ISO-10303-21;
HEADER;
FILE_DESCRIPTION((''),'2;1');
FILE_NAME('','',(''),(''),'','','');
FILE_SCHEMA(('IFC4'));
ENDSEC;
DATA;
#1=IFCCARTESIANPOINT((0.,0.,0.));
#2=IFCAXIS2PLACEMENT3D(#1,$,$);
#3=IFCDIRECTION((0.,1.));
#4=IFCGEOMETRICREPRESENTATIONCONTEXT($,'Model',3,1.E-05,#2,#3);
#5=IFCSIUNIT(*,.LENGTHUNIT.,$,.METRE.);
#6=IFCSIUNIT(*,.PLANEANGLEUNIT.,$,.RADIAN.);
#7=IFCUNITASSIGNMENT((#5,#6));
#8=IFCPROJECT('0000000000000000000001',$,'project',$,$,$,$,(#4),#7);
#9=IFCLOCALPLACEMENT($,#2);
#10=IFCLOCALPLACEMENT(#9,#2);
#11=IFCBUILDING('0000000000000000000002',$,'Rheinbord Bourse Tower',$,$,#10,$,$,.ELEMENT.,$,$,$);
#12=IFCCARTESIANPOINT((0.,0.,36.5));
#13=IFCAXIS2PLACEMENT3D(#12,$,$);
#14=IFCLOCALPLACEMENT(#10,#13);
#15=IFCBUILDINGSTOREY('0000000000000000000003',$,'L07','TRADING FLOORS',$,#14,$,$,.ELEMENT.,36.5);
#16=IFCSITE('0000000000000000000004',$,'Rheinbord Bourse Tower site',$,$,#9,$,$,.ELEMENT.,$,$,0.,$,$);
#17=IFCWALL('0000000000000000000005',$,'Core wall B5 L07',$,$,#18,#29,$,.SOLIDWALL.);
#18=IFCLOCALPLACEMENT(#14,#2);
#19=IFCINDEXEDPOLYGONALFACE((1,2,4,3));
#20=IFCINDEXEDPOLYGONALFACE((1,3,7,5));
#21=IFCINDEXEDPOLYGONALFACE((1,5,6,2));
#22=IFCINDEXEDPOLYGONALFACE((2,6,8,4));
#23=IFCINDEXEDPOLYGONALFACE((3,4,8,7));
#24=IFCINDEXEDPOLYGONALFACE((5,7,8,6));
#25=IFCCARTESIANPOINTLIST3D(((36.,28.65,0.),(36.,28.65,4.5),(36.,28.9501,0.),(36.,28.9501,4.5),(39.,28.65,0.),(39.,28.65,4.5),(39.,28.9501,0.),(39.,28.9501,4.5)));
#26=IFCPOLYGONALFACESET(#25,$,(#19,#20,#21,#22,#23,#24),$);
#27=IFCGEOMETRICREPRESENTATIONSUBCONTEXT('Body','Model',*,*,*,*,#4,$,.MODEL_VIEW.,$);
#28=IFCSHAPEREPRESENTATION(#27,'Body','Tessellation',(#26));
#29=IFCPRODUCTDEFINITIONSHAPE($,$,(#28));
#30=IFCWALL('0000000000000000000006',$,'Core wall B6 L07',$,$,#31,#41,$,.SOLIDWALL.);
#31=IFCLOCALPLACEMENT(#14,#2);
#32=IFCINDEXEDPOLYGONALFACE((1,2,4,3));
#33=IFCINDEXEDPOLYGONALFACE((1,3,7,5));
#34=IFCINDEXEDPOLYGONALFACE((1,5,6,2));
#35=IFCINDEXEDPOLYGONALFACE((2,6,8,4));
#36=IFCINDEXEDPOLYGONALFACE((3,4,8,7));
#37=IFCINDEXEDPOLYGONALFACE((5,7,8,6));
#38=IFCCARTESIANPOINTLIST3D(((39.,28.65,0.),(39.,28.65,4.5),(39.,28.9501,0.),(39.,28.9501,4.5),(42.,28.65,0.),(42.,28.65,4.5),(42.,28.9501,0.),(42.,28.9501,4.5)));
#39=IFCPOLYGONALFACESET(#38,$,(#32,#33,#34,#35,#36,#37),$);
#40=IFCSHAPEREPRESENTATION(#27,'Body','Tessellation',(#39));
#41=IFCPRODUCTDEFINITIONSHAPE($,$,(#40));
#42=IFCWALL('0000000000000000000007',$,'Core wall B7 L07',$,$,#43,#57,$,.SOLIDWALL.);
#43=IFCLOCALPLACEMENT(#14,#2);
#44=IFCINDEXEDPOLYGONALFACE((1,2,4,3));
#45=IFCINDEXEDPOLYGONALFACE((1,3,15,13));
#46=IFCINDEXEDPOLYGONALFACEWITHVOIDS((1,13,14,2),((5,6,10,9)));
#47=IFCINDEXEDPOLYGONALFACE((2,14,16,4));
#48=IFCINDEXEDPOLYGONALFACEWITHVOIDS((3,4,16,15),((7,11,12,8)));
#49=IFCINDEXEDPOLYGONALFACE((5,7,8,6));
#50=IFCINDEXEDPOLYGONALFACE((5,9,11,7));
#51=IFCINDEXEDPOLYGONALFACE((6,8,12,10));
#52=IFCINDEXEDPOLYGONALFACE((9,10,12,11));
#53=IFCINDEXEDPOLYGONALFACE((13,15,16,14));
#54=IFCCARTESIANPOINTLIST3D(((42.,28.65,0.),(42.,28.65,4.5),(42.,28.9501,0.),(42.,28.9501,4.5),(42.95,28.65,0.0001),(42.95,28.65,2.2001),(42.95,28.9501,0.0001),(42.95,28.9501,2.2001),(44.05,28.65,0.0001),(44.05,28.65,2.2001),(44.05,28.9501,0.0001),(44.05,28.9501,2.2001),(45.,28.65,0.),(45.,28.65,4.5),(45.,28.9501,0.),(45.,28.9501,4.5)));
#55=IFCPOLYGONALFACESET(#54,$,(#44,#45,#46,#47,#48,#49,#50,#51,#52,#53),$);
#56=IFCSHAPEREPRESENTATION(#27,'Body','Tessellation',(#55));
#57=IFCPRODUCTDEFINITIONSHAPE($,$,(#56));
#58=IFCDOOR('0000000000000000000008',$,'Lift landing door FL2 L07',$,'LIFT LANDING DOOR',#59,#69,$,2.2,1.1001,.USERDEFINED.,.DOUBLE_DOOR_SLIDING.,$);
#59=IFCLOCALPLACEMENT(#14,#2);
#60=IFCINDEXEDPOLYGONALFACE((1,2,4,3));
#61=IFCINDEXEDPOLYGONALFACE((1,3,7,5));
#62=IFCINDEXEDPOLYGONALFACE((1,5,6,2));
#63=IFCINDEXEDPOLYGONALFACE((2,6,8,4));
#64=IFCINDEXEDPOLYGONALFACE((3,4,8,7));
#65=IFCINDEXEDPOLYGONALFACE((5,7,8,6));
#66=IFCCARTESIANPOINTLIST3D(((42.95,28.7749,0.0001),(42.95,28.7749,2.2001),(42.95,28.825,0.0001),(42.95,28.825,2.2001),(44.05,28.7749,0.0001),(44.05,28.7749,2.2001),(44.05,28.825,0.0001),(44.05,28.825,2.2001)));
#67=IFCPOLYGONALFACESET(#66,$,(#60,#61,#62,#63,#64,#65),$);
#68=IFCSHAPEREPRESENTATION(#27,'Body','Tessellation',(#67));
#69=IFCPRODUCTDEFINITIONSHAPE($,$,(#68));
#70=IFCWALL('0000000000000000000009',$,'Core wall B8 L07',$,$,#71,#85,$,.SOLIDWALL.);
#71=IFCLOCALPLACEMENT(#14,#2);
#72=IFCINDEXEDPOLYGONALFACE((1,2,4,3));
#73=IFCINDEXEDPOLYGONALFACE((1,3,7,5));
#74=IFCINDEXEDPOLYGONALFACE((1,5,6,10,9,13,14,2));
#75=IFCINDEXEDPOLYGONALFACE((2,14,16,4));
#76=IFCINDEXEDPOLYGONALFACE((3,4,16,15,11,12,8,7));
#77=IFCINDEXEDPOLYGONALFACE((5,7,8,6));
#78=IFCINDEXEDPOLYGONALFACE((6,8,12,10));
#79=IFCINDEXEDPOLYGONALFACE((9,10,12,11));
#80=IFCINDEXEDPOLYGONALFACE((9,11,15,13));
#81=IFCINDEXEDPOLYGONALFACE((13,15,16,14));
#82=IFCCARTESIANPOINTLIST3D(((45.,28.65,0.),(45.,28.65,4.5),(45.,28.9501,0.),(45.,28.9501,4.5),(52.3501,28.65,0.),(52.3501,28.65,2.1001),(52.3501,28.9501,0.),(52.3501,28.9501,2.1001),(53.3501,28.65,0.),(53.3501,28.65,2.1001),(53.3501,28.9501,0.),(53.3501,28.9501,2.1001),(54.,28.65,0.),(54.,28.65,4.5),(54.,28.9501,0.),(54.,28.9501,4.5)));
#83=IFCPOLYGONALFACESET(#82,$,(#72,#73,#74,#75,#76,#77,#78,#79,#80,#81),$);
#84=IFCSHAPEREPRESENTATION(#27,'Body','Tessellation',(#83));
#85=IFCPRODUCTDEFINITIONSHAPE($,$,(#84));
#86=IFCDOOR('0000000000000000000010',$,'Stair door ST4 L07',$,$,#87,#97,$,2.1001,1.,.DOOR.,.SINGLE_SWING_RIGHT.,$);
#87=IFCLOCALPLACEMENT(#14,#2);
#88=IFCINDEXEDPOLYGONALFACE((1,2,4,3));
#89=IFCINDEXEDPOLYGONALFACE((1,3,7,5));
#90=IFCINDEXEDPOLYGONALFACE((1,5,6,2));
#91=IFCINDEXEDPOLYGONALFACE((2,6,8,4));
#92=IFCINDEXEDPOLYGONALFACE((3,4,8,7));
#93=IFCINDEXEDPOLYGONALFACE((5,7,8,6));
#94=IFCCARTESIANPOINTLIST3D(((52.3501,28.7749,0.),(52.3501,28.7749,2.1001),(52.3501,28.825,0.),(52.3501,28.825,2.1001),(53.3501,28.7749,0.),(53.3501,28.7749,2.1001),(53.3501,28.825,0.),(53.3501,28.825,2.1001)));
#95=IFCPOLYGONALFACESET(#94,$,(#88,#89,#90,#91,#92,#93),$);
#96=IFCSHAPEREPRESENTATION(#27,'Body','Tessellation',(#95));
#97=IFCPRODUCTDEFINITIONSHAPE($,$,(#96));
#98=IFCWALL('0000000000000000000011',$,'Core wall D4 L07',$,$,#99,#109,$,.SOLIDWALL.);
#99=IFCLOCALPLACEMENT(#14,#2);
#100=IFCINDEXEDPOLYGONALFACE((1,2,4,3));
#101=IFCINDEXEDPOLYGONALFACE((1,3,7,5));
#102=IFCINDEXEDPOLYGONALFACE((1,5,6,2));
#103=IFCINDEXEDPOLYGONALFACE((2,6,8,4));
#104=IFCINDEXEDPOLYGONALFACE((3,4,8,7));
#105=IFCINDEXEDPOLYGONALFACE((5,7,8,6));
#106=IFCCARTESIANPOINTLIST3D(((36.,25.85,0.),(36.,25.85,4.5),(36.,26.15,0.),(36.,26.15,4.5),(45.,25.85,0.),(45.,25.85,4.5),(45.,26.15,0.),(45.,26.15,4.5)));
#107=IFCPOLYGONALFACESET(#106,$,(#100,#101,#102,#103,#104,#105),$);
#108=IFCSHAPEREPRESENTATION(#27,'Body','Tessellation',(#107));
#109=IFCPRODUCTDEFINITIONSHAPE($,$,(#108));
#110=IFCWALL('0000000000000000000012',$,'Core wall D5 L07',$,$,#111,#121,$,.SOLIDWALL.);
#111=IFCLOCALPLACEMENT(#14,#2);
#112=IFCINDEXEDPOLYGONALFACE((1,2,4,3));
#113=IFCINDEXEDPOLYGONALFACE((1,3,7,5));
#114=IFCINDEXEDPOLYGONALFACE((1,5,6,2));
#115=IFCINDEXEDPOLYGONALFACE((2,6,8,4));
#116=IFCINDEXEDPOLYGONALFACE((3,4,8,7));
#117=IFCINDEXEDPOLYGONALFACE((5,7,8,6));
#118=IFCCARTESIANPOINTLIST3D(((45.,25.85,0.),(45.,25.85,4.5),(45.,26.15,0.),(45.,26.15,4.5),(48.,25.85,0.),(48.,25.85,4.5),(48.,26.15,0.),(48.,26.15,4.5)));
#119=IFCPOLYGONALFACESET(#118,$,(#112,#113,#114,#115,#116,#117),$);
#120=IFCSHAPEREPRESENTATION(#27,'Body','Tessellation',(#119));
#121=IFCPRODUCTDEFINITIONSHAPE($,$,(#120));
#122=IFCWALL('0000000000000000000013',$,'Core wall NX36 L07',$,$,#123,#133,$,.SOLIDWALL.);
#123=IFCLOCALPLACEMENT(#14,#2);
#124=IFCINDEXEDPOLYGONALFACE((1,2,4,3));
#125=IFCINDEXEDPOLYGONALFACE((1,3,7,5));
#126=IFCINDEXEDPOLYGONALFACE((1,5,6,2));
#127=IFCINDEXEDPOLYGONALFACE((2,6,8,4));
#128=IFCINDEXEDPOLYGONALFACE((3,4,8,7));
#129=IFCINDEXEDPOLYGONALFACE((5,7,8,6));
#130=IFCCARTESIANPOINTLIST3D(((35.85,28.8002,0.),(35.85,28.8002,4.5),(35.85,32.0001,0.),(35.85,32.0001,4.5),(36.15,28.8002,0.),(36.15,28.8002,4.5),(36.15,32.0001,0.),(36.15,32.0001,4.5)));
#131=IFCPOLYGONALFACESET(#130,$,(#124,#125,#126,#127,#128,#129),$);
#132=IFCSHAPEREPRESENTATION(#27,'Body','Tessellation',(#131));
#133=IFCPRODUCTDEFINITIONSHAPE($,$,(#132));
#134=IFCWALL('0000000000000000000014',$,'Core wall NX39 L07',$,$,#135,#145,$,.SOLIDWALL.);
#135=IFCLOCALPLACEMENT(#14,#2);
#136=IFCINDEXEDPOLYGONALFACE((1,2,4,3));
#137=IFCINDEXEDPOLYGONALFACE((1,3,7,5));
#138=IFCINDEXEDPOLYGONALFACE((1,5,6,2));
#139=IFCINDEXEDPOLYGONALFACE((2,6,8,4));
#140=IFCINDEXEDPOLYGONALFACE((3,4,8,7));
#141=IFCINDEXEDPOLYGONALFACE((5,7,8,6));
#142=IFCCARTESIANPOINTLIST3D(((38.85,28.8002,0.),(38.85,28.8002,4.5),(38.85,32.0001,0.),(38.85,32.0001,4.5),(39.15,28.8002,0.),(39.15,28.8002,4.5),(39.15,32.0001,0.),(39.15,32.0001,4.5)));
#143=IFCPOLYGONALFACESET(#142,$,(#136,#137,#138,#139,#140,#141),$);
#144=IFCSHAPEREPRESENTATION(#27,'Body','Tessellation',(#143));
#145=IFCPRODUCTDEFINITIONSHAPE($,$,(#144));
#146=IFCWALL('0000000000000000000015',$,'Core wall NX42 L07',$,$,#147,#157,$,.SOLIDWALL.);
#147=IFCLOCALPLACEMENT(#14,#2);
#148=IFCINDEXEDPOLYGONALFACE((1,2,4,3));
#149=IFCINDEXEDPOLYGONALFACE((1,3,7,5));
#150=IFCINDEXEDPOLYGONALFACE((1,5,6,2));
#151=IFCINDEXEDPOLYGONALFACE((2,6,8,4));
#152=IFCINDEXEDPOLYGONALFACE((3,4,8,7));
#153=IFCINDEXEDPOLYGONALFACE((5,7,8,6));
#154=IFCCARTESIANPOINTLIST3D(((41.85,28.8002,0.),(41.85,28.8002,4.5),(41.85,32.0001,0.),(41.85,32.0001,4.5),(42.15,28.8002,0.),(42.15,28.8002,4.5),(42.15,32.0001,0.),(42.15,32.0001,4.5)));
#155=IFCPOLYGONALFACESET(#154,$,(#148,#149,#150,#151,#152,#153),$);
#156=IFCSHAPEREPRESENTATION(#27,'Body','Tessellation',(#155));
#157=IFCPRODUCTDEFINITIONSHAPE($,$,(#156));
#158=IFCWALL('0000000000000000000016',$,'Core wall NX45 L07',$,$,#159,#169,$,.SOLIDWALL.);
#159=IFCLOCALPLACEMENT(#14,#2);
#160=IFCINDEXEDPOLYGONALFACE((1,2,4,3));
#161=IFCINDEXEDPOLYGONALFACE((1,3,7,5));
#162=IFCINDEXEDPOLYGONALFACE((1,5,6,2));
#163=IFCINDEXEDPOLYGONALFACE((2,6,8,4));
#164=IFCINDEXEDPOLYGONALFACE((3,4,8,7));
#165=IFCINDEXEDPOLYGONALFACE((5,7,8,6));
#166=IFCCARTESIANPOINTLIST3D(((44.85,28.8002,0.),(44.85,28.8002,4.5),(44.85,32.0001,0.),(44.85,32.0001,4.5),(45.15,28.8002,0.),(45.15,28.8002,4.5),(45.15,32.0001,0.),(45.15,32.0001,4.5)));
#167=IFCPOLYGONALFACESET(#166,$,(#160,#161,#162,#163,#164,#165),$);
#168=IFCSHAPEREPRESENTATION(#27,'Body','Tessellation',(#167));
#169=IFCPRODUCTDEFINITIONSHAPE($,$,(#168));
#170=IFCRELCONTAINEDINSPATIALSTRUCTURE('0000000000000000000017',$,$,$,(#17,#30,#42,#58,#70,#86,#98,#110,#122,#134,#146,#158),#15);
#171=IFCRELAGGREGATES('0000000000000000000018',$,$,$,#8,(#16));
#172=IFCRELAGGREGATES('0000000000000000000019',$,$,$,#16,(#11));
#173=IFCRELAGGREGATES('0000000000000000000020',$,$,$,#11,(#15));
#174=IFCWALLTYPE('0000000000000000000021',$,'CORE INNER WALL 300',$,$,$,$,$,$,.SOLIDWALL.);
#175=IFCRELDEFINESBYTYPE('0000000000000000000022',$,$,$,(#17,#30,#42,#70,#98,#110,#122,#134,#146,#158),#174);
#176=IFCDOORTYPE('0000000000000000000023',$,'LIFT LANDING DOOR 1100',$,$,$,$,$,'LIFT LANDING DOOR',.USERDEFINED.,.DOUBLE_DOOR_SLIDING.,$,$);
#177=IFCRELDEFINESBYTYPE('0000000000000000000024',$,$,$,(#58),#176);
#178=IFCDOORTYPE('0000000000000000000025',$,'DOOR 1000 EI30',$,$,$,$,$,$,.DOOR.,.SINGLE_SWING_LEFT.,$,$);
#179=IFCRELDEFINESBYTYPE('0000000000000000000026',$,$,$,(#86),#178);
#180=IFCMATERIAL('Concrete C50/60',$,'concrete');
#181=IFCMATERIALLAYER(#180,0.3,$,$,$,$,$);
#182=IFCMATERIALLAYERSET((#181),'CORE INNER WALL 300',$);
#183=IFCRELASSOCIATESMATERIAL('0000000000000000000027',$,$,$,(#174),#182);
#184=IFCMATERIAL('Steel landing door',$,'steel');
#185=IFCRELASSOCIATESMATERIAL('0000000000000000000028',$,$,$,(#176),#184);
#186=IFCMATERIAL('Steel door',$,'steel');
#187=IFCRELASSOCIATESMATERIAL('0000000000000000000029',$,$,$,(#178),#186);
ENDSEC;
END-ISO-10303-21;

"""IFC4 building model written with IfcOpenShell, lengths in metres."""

from ifc_helpers import new_model, si_unit, direction, frame, frame_2d, origin, place, context, subcontext, project, spatial, rectangle, extrude, material, layer, layer_set, type_object, element, fill, save


model = new_model("IFC4")

# Units and contexts
model_context = context("Model", 3, precision=1e-05, world=origin(), true_north=direction((0.0, 1.0)))
body_context = subcontext(model_context, "Body", "Model", "MODEL_VIEW")
ifc_project = project(units=[si_unit("LENGTHUNIT", "METRE"), si_unit("PLANEANGLEUNIT", "RADIAN")], contexts=[model_context])

# Site, building, storey
site_placement = place(None, origin())
site = spatial("IfcSite", under=ifc_project, at=site_placement, Name="Rheinbord Bourse Tower site", CompositionType="ELEMENT", RefElevation=0.0)
building_placement = place(site_placement, origin())
building = spatial("IfcBuilding", under=site, at=building_placement, Name="Rheinbord Bourse Tower", CompositionType="ELEMENT")
storey_placement = place(building_placement, frame((0.0, 0.0, 36.5)))
storey = spatial("IfcBuildingStorey", under=building, at=storey_placement, Name="L07", Description="TRADING FLOORS", CompositionType="ELEMENT", Elevation=36.5)

# Walls
ifc_material_1 = material(Name="Concrete C50/60", Category="concrete")
ifc_layer_1 = layer(ifc_material_1, 0.3)
ifc_layer_set_1 = layer_set([ifc_layer_1], Name="CORE INNER WALL 300")
wall_type_1 = type_object("IfcWallType", Name="CORE INNER WALL 300", PredefinedType="SOLIDWALL", material=ifc_layer_set_1)
for number, where, z_axis, x_axis, name in (
    (1, (36.0, 28.8, 0.0), (0.0, 0.0, 1.0), (1.0, 0.0, 0.0), "Core wall B5 L07"),
    (2, (39.0, 28.8, 0.0), (0.0, 0.0, 1.0), (1.0, 0.0, 0.0), "Core wall B6 L07"),
):
    element("IfcWall", number, at=place(storey_placement, frame(where, z_axis=z_axis, x_axis=x_axis)), inside=storey, type_object=wall_type_1, Name=name, PredefinedType="SOLIDWALL", context=body_context, shape_type="SweptSolid", body=[
        extrude(rectangle(XDim=3.0, YDim=0.3, at=frame_2d((1.5, 0.0))), origin(), (0.0, 0.0, 1.0), 4.5),
    ])

# Walls, openings, doors
wall_1_placement = place(storey_placement, frame((42.0, 28.8, 0.0), z_axis=(0.0, 0.0, 1.0), x_axis=(1.0, 0.0, 0.0)))
wall_1 = element("IfcWall", 3, at=wall_1_placement, inside=storey, type_object=wall_type_1, Name="Core wall B7 L07", PredefinedType="SOLIDWALL", context=body_context, shape_type="SweptSolid", body=[
    extrude(rectangle(XDim=3.0, YDim=0.3, at=frame_2d((1.5, 0.0))), origin(), (0.0, 0.0, 1.0), 4.5),
])
opening_1_placement = place(wall_1_placement, frame((0.95, 0.0, 0.0)))
opening_1 = element("IfcOpeningElement", 4, at=opening_1_placement, cuts=wall_1, PredefinedType="OPENING", context=body_context, shape_type="SweptSolid", body=[
    extrude(rectangle(XDim=1.1001, YDim=2.2, at=frame_2d((0.55, 1.1001))), frame((0.0, 0.1599, 0.0), z_axis=(0.0, -1.0, 0.0), x_axis=(1.0, 0.0, 0.0)), (0.0, 0.0, 1.0), 0.3201),
])
ifc_material_2 = material(Name="Steel landing door", Category="steel")
door_type_1 = type_object("IfcDoorType", Name="LIFT LANDING DOOR 1100", ElementType="LIFT LANDING DOOR", OperationType="DOUBLE_DOOR_SLIDING", PredefinedType="USERDEFINED", material=ifc_material_2)
door_1_placement = place(opening_1_placement, origin())
door_1 = element("IfcDoor", 5, at=door_1_placement, inside=storey, type_object=door_type_1, Name="Lift landing door FL2 L07", ObjectType="LIFT LANDING DOOR", OperationType="DOUBLE_DOOR_SLIDING", OverallHeight=2.2, OverallWidth=1.1001, PredefinedType="USERDEFINED", context=body_context, shape_type="SweptSolid", body=[
    extrude(rectangle(XDim=1.1001, YDim=2.2, at=frame_2d((0.55, 1.1001))), frame((0.0, 0.0249, 0.0), z_axis=(0.0, -1.0, 0.0), x_axis=(1.0, 0.0, 0.0)), (0.0, 0.0, 1.0), 0.05),
])
fill(opening_1, door_1)
wall_2_placement = place(storey_placement, frame((45.0, 28.8, 0.0), z_axis=(0.0, 0.0, 1.0), x_axis=(1.0, 0.0, 0.0)))
wall_2 = element("IfcWall", 6, at=wall_2_placement, inside=storey, type_object=wall_type_1, Name="Core wall B8 L07", PredefinedType="SOLIDWALL", context=body_context, shape_type="SweptSolid", body=[
    extrude(rectangle(XDim=9.0, YDim=0.3, at=frame_2d((4.5, 0.0))), origin(), (0.0, 0.0, 1.0), 4.5),
])
opening_2_placement = place(wall_2_placement, frame((7.3501, 0.0, 0.0)))
opening_2 = element("IfcOpeningElement", 7, at=opening_2_placement, cuts=wall_2, PredefinedType="OPENING", context=body_context, shape_type="SweptSolid", body=[
    extrude(rectangle(XDim=1.0, YDim=2.1001, at=frame_2d((0.5, 1.05))), frame((0.0, 0.1599, 0.0), z_axis=(0.0, -1.0, 0.0), x_axis=(1.0, 0.0, 0.0)), (0.0, 0.0, 1.0), 0.3201),
])
ifc_material_3 = material(Name="Steel door", Category="steel")
door_type_2 = type_object("IfcDoorType", Name="DOOR 1000 EI30", OperationType="SINGLE_SWING_LEFT", PredefinedType="DOOR", material=ifc_material_3)
door_2_placement = place(opening_2_placement, origin())
door_2 = element("IfcDoor", 8, at=door_2_placement, inside=storey, type_object=door_type_2, Name="Stair door ST4 L07", OperationType="SINGLE_SWING_RIGHT", OverallHeight=2.1001, OverallWidth=1.0, PredefinedType="DOOR", context=body_context, shape_type="SweptSolid", body=[
    extrude(rectangle(XDim=1.0, YDim=2.1001, at=frame_2d((0.5, 1.05))), frame((0.0, 0.0249, 0.0), z_axis=(0.0, -1.0, 0.0), x_axis=(1.0, 0.0, 0.0)), (0.0, 0.0, 1.0), 0.05),
])
fill(opening_2, door_2)

# Walls
wall_3_placement = place(storey_placement, frame((36.0, 26.0, 0.0), z_axis=(0.0, 0.0, 1.0), x_axis=(1.0, 0.0, 0.0)))
element("IfcWall", 9, at=wall_3_placement, inside=storey, type_object=wall_type_1, Name="Core wall D4 L07", PredefinedType="SOLIDWALL", context=body_context, shape_type="SweptSolid", body=[
    extrude(rectangle(XDim=9.0, YDim=0.3, at=frame_2d((4.5, 0.0))), origin(), (0.0, 0.0, 1.0), 4.5),
])
wall_4_placement = place(storey_placement, frame((45.0, 26.0, 0.0), z_axis=(0.0, 0.0, 1.0), x_axis=(1.0, 0.0, 0.0)))
element("IfcWall", 10, at=wall_4_placement, inside=storey, type_object=wall_type_1, Name="Core wall D5 L07", PredefinedType="SOLIDWALL", context=body_context, shape_type="SweptSolid", body=[
    extrude(rectangle(XDim=3.0, YDim=0.3, at=frame_2d((1.5, 0.0))), origin(), (0.0, 0.0, 1.0), 4.5),
])
for number, where, z_axis, x_axis, name in (
    (11, (36.0, 28.8, 0.0), (0.0, 0.0, 1.0), (0.0, 1.0, 0.0), "Core wall NX36 L07"),
    (12, (39.0, 28.8, 0.0), (0.0, 0.0, 1.0), (0.0, 1.0, 0.0), "Core wall NX39 L07"),
    (13, (42.0, 28.8, 0.0), (0.0, 0.0, 1.0), (0.0, 1.0, 0.0), "Core wall NX42 L07"),
    (14, (45.0, 28.8, 0.0), (0.0, 0.0, 1.0), (0.0, 1.0, 0.0), "Core wall NX45 L07"),
):
    element("IfcWall", number, at=place(storey_placement, frame(where, z_axis=z_axis, x_axis=x_axis)), inside=storey, type_object=wall_type_1, Name=name, PredefinedType="SOLIDWALL", context=body_context, shape_type="SweptSolid", body=[
        extrude(rectangle(XDim=3.2, YDim=0.3, at=frame_2d((1.6001, 0.0))), origin(), (0.0, 0.0, 1.0), 4.5),
    ])

save(model, "model.ifc")
